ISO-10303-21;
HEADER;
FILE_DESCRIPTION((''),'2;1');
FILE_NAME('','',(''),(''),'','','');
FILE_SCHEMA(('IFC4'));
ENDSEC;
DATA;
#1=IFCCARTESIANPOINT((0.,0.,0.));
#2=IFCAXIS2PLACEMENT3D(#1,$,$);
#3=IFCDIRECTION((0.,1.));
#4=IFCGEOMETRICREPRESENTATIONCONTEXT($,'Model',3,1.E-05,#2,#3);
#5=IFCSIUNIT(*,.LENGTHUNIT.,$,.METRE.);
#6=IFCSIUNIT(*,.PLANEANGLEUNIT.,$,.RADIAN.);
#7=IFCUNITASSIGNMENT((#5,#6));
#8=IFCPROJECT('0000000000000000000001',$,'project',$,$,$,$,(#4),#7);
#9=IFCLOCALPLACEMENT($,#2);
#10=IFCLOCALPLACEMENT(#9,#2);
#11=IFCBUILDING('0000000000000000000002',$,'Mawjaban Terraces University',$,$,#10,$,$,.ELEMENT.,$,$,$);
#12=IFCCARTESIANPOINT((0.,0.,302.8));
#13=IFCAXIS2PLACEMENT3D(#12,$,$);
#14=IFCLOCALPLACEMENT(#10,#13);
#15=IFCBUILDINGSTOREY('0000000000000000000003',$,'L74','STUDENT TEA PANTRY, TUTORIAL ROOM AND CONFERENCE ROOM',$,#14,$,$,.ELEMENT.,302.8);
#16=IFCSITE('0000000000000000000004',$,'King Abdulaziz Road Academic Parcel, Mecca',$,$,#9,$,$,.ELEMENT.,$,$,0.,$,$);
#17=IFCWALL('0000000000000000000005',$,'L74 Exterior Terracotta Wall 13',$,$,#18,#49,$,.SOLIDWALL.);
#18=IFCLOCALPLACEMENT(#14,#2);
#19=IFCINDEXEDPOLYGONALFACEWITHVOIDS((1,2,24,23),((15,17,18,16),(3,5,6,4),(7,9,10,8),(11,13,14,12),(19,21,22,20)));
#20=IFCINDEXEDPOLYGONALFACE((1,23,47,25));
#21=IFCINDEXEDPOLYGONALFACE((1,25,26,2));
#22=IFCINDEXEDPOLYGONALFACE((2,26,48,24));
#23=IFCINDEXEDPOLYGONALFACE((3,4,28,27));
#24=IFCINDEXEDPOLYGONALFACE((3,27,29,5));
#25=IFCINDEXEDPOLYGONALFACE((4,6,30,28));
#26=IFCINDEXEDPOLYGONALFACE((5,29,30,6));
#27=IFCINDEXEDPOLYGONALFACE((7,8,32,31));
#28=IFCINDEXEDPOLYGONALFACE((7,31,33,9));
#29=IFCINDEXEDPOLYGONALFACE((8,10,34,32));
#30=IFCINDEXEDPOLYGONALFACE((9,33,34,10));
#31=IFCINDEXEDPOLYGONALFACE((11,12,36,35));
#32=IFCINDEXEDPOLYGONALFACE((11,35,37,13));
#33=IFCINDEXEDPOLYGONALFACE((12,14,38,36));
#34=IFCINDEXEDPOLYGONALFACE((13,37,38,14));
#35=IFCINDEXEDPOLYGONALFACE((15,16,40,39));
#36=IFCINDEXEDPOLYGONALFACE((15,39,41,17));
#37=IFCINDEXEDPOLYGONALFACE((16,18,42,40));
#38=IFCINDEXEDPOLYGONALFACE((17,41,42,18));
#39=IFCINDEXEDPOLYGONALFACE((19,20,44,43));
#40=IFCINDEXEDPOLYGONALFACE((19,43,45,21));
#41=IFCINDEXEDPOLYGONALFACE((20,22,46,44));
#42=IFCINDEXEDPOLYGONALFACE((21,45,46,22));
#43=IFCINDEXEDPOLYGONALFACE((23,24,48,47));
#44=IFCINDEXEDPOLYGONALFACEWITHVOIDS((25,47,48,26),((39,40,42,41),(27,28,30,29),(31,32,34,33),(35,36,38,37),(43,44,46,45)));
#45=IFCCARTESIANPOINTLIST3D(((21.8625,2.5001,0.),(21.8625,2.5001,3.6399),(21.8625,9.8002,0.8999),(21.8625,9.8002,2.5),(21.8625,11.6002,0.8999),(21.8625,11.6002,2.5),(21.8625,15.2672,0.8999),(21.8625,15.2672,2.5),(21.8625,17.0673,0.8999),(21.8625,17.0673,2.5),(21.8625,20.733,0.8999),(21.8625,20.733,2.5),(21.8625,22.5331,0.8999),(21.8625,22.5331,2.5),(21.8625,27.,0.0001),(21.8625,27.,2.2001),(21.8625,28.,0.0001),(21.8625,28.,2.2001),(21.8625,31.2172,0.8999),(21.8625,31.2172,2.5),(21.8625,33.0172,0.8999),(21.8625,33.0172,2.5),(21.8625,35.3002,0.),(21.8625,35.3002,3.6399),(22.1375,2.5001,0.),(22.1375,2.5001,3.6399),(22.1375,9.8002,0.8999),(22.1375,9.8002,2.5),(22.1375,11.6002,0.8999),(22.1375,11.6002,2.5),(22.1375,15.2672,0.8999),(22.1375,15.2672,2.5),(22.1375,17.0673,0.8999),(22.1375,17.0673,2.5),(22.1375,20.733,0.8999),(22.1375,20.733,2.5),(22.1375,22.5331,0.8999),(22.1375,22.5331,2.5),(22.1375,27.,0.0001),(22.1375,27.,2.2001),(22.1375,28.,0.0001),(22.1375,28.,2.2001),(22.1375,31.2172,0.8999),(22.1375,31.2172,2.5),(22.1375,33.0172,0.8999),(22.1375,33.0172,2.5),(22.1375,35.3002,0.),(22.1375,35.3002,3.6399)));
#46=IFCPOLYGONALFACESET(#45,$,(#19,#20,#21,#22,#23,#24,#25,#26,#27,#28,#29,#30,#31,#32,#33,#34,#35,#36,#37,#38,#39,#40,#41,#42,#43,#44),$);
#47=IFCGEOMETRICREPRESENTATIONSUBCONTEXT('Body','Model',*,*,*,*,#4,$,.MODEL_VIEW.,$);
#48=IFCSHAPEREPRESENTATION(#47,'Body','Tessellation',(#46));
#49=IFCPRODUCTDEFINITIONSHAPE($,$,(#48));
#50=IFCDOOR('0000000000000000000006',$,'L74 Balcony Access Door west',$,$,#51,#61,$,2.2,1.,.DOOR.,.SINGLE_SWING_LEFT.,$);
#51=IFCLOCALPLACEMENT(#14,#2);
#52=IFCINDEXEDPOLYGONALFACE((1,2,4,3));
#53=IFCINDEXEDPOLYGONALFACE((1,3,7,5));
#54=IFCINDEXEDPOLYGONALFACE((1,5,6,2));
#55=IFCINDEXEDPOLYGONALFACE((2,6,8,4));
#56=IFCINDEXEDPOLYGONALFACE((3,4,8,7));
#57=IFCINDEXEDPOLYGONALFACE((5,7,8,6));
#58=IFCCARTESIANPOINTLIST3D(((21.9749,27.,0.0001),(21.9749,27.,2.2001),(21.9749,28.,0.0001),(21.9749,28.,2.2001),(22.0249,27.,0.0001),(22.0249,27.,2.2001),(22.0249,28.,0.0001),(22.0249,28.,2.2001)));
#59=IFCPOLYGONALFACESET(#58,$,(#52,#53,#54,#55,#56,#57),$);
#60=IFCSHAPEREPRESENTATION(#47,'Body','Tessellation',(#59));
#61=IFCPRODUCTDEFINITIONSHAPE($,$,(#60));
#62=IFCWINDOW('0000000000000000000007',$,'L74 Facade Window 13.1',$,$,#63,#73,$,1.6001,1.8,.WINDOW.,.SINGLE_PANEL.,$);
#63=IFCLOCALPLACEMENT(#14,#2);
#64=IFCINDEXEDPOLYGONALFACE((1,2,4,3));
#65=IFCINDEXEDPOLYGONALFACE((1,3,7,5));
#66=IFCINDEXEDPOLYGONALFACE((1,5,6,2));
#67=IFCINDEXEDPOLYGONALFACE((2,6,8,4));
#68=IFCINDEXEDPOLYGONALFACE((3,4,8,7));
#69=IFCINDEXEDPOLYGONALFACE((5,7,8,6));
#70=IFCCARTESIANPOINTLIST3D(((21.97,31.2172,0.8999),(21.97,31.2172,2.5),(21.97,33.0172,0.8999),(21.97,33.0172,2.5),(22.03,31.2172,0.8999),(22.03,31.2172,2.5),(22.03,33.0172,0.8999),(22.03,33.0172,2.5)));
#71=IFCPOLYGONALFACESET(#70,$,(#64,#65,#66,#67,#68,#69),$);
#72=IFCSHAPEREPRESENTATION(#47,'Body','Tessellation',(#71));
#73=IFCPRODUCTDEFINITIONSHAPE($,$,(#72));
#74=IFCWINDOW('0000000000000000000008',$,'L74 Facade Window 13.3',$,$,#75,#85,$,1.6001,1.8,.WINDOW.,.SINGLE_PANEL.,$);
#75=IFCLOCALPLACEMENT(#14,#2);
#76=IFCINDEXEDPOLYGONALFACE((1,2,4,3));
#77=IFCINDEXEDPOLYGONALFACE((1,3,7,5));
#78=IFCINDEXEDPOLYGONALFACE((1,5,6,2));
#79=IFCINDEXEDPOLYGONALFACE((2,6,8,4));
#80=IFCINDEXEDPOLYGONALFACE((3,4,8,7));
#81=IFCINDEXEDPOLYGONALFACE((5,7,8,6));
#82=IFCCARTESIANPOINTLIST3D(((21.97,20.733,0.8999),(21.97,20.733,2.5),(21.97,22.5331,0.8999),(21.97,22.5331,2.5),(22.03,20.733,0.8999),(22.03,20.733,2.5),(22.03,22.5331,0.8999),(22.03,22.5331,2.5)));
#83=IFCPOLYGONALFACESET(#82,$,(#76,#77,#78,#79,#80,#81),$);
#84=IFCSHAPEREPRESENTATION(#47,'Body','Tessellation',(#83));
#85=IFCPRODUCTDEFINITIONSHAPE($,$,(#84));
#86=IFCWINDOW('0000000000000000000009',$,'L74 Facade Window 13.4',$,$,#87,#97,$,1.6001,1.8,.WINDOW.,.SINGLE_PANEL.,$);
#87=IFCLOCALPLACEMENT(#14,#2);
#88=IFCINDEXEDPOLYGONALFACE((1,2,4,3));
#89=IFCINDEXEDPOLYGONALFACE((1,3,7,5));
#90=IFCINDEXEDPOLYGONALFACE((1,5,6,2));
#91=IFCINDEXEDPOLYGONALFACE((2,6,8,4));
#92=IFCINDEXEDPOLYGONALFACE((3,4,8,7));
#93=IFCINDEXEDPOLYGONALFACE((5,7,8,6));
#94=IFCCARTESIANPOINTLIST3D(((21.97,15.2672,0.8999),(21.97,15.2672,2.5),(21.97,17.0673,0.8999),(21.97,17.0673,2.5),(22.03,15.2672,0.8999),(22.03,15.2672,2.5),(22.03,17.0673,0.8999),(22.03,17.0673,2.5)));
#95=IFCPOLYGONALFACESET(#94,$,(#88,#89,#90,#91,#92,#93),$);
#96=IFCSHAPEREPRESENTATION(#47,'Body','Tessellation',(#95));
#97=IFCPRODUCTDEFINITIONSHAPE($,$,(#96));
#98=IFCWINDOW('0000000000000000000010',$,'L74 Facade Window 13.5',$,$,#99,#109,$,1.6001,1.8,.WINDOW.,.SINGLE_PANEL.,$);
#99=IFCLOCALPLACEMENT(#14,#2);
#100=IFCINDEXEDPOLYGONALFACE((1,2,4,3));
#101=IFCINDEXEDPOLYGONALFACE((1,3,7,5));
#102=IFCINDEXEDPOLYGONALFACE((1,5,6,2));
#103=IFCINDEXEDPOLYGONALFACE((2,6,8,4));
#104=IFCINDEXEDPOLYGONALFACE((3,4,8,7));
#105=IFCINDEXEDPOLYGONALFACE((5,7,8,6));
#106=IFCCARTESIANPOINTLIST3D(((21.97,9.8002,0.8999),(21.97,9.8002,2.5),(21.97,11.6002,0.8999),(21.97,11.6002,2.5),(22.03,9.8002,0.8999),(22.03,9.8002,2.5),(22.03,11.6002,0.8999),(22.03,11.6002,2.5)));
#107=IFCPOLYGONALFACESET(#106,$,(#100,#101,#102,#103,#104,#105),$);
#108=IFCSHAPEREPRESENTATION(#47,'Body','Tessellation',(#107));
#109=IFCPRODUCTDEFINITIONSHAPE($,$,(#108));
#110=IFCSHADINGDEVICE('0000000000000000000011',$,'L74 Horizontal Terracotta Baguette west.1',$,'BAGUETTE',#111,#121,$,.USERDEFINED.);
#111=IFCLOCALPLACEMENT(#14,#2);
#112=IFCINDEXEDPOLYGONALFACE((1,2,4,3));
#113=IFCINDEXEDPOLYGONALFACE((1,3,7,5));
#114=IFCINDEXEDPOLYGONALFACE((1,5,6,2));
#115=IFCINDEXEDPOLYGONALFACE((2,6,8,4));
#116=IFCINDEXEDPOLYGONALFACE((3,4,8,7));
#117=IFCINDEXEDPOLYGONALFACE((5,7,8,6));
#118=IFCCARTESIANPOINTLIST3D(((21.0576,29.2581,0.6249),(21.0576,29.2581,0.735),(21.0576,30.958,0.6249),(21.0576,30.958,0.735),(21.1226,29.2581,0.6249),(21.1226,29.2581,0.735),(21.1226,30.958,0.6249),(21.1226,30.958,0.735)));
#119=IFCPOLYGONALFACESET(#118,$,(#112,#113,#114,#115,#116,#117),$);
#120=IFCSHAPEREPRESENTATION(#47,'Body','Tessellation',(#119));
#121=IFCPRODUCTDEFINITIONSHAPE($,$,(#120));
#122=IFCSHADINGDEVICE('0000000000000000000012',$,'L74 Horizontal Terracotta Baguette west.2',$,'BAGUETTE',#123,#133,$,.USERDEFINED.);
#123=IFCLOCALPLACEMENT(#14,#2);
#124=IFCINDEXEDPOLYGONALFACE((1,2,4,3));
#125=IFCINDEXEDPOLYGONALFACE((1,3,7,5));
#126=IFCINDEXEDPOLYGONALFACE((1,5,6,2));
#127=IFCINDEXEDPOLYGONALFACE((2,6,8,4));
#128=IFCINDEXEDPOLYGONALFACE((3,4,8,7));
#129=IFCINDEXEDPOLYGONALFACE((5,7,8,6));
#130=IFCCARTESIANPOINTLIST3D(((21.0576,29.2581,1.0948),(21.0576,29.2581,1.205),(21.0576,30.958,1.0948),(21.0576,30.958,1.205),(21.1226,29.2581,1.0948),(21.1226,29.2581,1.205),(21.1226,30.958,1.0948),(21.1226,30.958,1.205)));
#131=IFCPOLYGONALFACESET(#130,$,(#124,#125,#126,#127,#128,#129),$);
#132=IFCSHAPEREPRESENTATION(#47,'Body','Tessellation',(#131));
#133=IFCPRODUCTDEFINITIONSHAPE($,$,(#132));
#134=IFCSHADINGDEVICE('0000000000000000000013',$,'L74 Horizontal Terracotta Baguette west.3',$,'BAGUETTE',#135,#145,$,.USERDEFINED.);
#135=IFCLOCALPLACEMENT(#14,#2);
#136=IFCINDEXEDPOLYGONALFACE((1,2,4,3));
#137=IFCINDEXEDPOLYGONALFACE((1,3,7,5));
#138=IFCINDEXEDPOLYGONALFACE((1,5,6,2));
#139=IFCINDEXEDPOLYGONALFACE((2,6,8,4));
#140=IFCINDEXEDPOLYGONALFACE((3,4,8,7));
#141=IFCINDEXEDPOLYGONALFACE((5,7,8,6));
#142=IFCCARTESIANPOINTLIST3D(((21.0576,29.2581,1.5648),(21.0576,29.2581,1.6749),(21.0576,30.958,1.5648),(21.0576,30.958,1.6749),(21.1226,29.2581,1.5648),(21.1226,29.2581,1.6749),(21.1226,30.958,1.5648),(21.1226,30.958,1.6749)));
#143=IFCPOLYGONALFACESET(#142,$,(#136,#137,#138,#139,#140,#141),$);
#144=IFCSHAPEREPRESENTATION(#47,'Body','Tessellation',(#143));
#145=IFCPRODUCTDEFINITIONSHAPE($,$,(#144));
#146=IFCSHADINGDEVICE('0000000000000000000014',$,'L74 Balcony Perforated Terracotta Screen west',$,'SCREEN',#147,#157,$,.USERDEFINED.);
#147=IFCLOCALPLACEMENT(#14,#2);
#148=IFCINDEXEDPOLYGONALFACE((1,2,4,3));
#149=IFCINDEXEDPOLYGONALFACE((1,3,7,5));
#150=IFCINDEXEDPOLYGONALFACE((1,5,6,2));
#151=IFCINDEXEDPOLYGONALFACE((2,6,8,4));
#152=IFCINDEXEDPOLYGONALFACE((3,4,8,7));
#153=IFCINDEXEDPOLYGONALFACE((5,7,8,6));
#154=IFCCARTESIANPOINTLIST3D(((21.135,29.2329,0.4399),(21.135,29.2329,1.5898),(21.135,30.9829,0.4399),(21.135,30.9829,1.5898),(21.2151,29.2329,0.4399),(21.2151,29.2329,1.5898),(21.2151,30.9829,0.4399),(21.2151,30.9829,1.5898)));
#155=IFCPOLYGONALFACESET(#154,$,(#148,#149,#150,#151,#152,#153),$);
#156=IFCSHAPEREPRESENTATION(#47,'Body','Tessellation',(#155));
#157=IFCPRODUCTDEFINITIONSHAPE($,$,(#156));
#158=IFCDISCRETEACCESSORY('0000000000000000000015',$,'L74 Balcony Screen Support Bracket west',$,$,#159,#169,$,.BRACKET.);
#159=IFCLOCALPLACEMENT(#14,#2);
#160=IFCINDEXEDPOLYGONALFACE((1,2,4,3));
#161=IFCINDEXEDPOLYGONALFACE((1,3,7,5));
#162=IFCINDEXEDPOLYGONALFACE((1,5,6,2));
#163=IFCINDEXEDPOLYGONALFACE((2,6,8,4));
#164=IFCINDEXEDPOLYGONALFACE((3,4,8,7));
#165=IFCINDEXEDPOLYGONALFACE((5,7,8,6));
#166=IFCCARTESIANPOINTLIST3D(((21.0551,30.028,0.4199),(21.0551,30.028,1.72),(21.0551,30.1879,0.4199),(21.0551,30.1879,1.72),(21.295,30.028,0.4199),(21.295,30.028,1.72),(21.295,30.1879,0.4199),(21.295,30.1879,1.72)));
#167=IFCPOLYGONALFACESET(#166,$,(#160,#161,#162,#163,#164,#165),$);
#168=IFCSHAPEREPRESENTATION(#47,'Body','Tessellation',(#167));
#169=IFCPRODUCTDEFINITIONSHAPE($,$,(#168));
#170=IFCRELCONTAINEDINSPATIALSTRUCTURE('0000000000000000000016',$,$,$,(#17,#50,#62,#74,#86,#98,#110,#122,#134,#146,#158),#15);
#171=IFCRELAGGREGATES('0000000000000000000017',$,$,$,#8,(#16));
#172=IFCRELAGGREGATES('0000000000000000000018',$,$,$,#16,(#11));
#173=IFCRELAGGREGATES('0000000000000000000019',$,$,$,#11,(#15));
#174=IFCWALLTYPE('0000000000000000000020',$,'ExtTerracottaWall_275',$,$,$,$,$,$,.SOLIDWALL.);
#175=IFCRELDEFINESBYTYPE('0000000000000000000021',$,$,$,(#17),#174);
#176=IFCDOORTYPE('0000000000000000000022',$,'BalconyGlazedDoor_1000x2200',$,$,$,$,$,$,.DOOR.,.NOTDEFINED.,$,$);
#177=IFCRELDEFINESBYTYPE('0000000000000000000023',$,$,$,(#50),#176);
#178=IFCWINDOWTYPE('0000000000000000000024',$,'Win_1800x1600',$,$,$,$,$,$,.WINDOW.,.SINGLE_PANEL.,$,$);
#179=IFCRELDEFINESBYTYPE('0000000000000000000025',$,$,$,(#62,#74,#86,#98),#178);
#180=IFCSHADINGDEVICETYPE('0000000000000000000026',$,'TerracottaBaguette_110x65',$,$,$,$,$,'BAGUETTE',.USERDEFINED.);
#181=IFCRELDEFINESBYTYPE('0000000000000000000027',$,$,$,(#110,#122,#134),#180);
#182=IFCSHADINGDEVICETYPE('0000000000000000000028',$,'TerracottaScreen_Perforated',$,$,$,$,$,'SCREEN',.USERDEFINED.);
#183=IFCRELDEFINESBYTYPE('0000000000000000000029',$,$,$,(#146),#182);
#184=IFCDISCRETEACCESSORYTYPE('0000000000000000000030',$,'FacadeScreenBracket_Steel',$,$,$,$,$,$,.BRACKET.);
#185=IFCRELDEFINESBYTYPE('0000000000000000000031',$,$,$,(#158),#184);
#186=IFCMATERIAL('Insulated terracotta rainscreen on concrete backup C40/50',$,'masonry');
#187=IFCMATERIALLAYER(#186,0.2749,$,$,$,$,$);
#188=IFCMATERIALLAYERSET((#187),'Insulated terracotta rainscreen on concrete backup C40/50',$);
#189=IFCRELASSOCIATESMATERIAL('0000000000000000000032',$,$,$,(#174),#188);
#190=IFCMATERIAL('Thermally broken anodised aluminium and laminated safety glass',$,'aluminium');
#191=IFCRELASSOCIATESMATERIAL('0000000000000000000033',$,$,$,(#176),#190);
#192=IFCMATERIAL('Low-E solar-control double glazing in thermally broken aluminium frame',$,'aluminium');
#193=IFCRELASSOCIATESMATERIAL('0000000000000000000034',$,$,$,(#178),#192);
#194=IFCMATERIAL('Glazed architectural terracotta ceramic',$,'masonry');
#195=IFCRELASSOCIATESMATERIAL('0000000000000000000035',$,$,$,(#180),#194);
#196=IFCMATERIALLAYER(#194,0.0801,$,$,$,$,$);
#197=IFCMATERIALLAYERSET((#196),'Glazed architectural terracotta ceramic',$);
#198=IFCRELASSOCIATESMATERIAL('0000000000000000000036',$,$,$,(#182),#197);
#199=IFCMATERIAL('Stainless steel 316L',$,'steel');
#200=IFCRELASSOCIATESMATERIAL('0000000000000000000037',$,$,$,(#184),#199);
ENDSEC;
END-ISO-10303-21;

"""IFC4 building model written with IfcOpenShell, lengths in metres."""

from ifc_helpers import new_model, si_unit, direction, frame, frame_2d, origin, origin_2d, place, context, subcontext, project, spatial, rectangle, extrude, material, layer, layer_set, material_profile, profile_set, type_object, element, fill, save


model = new_model("IFC4")

# Units and contexts
model_context = context("Model", 3, precision=1e-05, world=origin(), true_north=direction((0.0, 1.0)))
body_context = subcontext(model_context, "Body", "Model", "MODEL_VIEW")
ifc_project = project(units=[si_unit("LENGTHUNIT", "METRE"), si_unit("PLANEANGLEUNIT", "RADIAN")], contexts=[model_context])

# Site, building, storey
site_placement = place(None, origin())
site = spatial("IfcSite", under=ifc_project, at=site_placement, Name="King Abdulaziz Road Academic Parcel, Mecca", CompositionType="ELEMENT", RefElevation=0.0)
building_placement = place(site_placement, origin())
building = spatial("IfcBuilding", under=site, at=building_placement, Name="Mawjaban Terraces University", CompositionType="ELEMENT")
storey_placement = place(building_placement, frame((0.0, 0.0, 302.8)))
storey = spatial("IfcBuildingStorey", under=building, at=storey_placement, Name="L74", Description="STUDENT TEA PANTRY, TUTORIAL ROOM AND CONFERENCE ROOM", CompositionType="ELEMENT", Elevation=302.8)

# Shared definitions
ifc_material_1 = material(Name="Insulated terracotta rainscreen on concrete backup C40/50", Category="masonry")
ifc_layer_1 = layer(ifc_material_1, 0.2749)
ifc_layer_set_1 = layer_set([ifc_layer_1], Name="Insulated terracotta rainscreen on concrete backup C40/50")
wall_type_1 = type_object("IfcWallType", Name="ExtTerracottaWall_275", PredefinedType="SOLIDWALL", material=ifc_layer_set_1)

# Wall, openings, door, windows
wall_1_placement = place(storey_placement, frame((22.0, 35.3, 0.0), z_axis=(0.0, 0.0, 1.0), x_axis=(0.0, -1.0, 0.0)))
wall_1 = element("IfcWall", 1, at=wall_1_placement, inside=storey, type_object=wall_type_1, Name="L74 Exterior Terracotta Wall 13", PredefinedType="SOLIDWALL", context=body_context, shape_type="SweptSolid", body=[
    extrude(rectangle(XDim=32.8, YDim=0.2749, at=frame_2d((16.3999, 0.0))), origin(), (0.0, 0.0, 1.0), 3.6399),
])
opening_1_placement = place(wall_1_placement, frame((7.3, 0.0, 0.0)))
opening_1 = element("IfcOpeningElement", 2, at=opening_1_placement, cuts=wall_1, PredefinedType="OPENING", context=body_context, shape_type="SweptSolid", body=[
    extrude(rectangle(XDim=1.0, YDim=2.2, at=frame_2d((0.5, 1.1001))), frame((0.0, 0.1475, 0.0), z_axis=(0.0, -1.0, 0.0), x_axis=(1.0, 0.0, 0.0)), (0.0, 0.0, 1.0), 0.2949),
])
opening_2_placement = place(wall_1_placement, frame((2.283, 0.0, 0.8999)))
opening_2 = element("IfcOpeningElement", 3, at=opening_2_placement, cuts=wall_1, PredefinedType="OPENING", context=body_context, shape_type="SweptSolid", body=[
    extrude(rectangle(XDim=1.8, YDim=1.6001, at=frame_2d((0.8999, 0.8))), frame((0.0, 0.1475, 0.0), z_axis=(0.0, -1.0, 0.0), x_axis=(1.0, 0.0, 0.0)), (0.0, 0.0, 1.0), 0.2949),
])
opening_3_placement = place(wall_1_placement, frame((12.7671, 0.0, 0.8999)))
opening_3 = element("IfcOpeningElement", 4, at=opening_3_placement, cuts=wall_1, PredefinedType="OPENING", context=body_context, shape_type="SweptSolid", body=[
    extrude(rectangle(XDim=1.8, YDim=1.6001, at=frame_2d((0.8999, 0.8))), frame((0.0, 0.1475, 0.0), z_axis=(0.0, -1.0, 0.0), x_axis=(1.0, 0.0, 0.0)), (0.0, 0.0, 1.0), 0.2949),
])
opening_4_placement = place(wall_1_placement, frame((18.2329, 0.0, 0.8999)))
opening_4 = element("IfcOpeningElement", 5, at=opening_4_placement, cuts=wall_1, PredefinedType="OPENING", context=body_context, shape_type="SweptSolid", body=[
    extrude(rectangle(XDim=1.8, YDim=1.6001, at=frame_2d((0.8999, 0.8))), frame((0.0, 0.1475, 0.0), z_axis=(0.0, -1.0, 0.0), x_axis=(1.0, 0.0, 0.0)), (0.0, 0.0, 1.0), 0.2949),
])
opening_5_placement = place(wall_1_placement, frame((23.7, 0.0, 0.8999)))
opening_5 = element("IfcOpeningElement", 6, at=opening_5_placement, cuts=wall_1, PredefinedType="OPENING", context=body_context, shape_type="SweptSolid", body=[
    extrude(rectangle(XDim=1.8, YDim=1.6001, at=frame_2d((0.8999, 0.8))), frame((0.0, 0.1475, 0.0), z_axis=(0.0, -1.0, 0.0), x_axis=(1.0, 0.0, 0.0)), (0.0, 0.0, 1.0), 0.2949),
])
ifc_material_2 = material(Name="Thermally broken anodised aluminium and laminated safety glass", Category="aluminium")
door_type_1 = type_object("IfcDoorType", Name="BalconyGlazedDoor_1000x2200", OperationType="NOTDEFINED", PredefinedType="DOOR", material=ifc_material_2)
door_1_placement = place(opening_1_placement, origin())
door_1 = element("IfcDoor", 7, at=door_1_placement, inside=storey, type_object=door_type_1, Name="L74 Balcony Access Door west", OperationType="SINGLE_SWING_LEFT", OverallHeight=2.2, OverallWidth=1.0, PredefinedType="DOOR", context=body_context, shape_type="SweptSolid", body=[
    extrude(rectangle(XDim=1.0, YDim=2.2, at=frame_2d((0.5, 1.1001))), frame((0.0, 0.0249, 0.0), z_axis=(0.0, -1.0, 0.0), x_axis=(1.0, 0.0, 0.0)), (0.0, 0.0, 1.0), 0.05),
])
fill(opening_1, door_1)
ifc_material_3 = material(Name="Low-E solar-control double glazing in thermally broken aluminium frame", Category="aluminium")
window_type = type_object("IfcWindowType", Name="Win_1800x1600", PartitioningType="SINGLE_PANEL", PredefinedType="WINDOW", material=ifc_material_3)
window_1_placement = place(opening_2_placement, origin())
window_1 = element("IfcWindow", 8, at=window_1_placement, inside=storey, type_object=window_type, Name="L74 Facade Window 13.1", OverallHeight=1.6001, OverallWidth=1.8, PartitioningType="SINGLE_PANEL", PredefinedType="WINDOW", context=body_context, shape_type="SweptSolid", body=[
    extrude(rectangle(XDim=1.8, YDim=1.6001, at=frame_2d((0.8999, 0.8))), frame((0.0, 0.03, 0.0), z_axis=(0.0, -1.0, 0.0), x_axis=(1.0, 0.0, 0.0)), (0.0, 0.0, 1.0), 0.0601),
])
fill(opening_2, window_1)
window_2_placement = place(opening_3_placement, origin())
window_2 = element("IfcWindow", 9, at=window_2_placement, inside=storey, type_object=window_type, Name="L74 Facade Window 13.3", OverallHeight=1.6001, OverallWidth=1.8, PartitioningType="SINGLE_PANEL", PredefinedType="WINDOW", context=body_context, shape_type="SweptSolid", body=[
    extrude(rectangle(XDim=1.8, YDim=1.6001, at=frame_2d((0.8999, 0.8))), frame((0.0, 0.03, 0.0), z_axis=(0.0, -1.0, 0.0), x_axis=(1.0, 0.0, 0.0)), (0.0, 0.0, 1.0), 0.0601),
])
fill(opening_3, window_2)
window_3_placement = place(opening_4_placement, origin())
window_3 = element("IfcWindow", 10, at=window_3_placement, inside=storey, type_object=window_type, Name="L74 Facade Window 13.4", OverallHeight=1.6001, OverallWidth=1.8, PartitioningType="SINGLE_PANEL", PredefinedType="WINDOW", context=body_context, shape_type="SweptSolid", body=[
    extrude(rectangle(XDim=1.8, YDim=1.6001, at=frame_2d((0.8999, 0.8))), frame((0.0, 0.03, 0.0), z_axis=(0.0, -1.0, 0.0), x_axis=(1.0, 0.0, 0.0)), (0.0, 0.0, 1.0), 0.0601),
])
fill(opening_4, window_3)
window_4_placement = place(opening_5_placement, origin())
window_4 = element("IfcWindow", 11, at=window_4_placement, inside=storey, type_object=window_type, Name="L74 Facade Window 13.5", OverallHeight=1.6001, OverallWidth=1.8, PartitioningType="SINGLE_PANEL", PredefinedType="WINDOW", context=body_context, shape_type="SweptSolid", body=[
    extrude(rectangle(XDim=1.8, YDim=1.6001, at=frame_2d((0.8999, 0.8))), frame((0.0, 0.03, 0.0), z_axis=(0.0, -1.0, 0.0), x_axis=(1.0, 0.0, 0.0)), (0.0, 0.0, 1.0), 0.0601),
])
fill(opening_5, window_4)

# Shading devices
ifc_material_4 = material(Name="Glazed architectural terracotta ceramic", Category="masonry")
ifc_material_profile_1 = material_profile(ifc_material_4, rectangle(XDim=0.0649, YDim=0.1101, at=origin_2d()), Name="TBAG110X65")
ifc_profile_set_1 = profile_set([ifc_material_profile_1], Name="Glazed architectural terracotta ceramic")
shading_device_type_1 = type_object("IfcShadingDeviceType", Name="TerracottaBaguette_110x65", ElementType="BAGUETTE", PredefinedType="USERDEFINED", material=ifc_profile_set_1)
for number, where, z_axis, x_axis, name in (
    (12, (21.0901, 29.2581, 0.6799), (0.0, 1.0, 0.0), (-1.0, 0.0, 0.0), "L74 Horizontal Terracotta Baguette west.1"),
    (13, (21.0901, 29.2581, 1.1499), (0.0, 1.0, 0.0), (-1.0, 0.0, 0.0), "L74 Horizontal Terracotta Baguette west.2"),
    (14, (21.0901, 29.2581, 1.6199), (0.0, 1.0, 0.0), (-1.0, 0.0, 0.0), "L74 Horizontal Terracotta Baguette west.3"),
):
    element("IfcShadingDevice", number, at=place(storey_placement, frame(where, z_axis=z_axis, x_axis=x_axis)), inside=storey, type_object=shading_device_type_1, Name=name, ObjectType="BAGUETTE", PredefinedType="USERDEFINED", context=body_context, shape_type="SweptSolid", body=[
        extrude(rectangle(XDim=0.0649, YDim=0.1101, at=origin_2d()), origin(), (0.0, 0.0, 1.0), 1.7),
    ])
ifc_layer_2 = layer(ifc_material_4, 0.0801)
ifc_layer_set_2 = layer_set([ifc_layer_2], Name="Glazed architectural terracotta ceramic")
shading_device_type_2 = type_object("IfcShadingDeviceType", Name="TerracottaScreen_Perforated", ElementType="SCREEN", PredefinedType="USERDEFINED", material=ifc_layer_set_2)
shading_device_placement = place(storey_placement, frame((21.175, 30.1079, 0.4399), z_axis=(0.0, 0.0, 1.0), x_axis=(0.0, 1.0, 0.0)))
element("IfcShadingDevice", 15, at=shading_device_placement, inside=storey, type_object=shading_device_type_2, Name="L74 Balcony Perforated Terracotta Screen west", ObjectType="SCREEN", PredefinedType="USERDEFINED", context=body_context, shape_type="SweptSolid", body=[
    extrude(rectangle(XDim=1.75, YDim=0.0801, at=origin_2d()), origin(), (0.0, 0.0, 1.0), 1.1499),
])

# Discrete accessory
ifc_material_5 = material(Name="Stainless steel 316L", Category="steel")
discrete_accessory_type_1 = type_object("IfcDiscreteAccessoryType", Name="FacadeScreenBracket_Steel", PredefinedType="BRACKET", material=ifc_material_5)
discrete_accessory_1_placement = place(storey_placement, frame((21.175, 30.1079, 0.4199), z_axis=(0.0, 0.0, 1.0), x_axis=(0.0, 1.0, 0.0)))
element("IfcDiscreteAccessory", 16, at=discrete_accessory_1_placement, inside=storey, type_object=discrete_accessory_type_1, Name="L74 Balcony Screen Support Bracket west", PredefinedType="BRACKET", context=body_context, shape_type="SweptSolid", body=[
    extrude(rectangle(XDim=0.1599, YDim=0.24, at=origin_2d()), origin(), (0.0, 0.0, 1.0), 1.3),
])

save(model, "model.ifc")
